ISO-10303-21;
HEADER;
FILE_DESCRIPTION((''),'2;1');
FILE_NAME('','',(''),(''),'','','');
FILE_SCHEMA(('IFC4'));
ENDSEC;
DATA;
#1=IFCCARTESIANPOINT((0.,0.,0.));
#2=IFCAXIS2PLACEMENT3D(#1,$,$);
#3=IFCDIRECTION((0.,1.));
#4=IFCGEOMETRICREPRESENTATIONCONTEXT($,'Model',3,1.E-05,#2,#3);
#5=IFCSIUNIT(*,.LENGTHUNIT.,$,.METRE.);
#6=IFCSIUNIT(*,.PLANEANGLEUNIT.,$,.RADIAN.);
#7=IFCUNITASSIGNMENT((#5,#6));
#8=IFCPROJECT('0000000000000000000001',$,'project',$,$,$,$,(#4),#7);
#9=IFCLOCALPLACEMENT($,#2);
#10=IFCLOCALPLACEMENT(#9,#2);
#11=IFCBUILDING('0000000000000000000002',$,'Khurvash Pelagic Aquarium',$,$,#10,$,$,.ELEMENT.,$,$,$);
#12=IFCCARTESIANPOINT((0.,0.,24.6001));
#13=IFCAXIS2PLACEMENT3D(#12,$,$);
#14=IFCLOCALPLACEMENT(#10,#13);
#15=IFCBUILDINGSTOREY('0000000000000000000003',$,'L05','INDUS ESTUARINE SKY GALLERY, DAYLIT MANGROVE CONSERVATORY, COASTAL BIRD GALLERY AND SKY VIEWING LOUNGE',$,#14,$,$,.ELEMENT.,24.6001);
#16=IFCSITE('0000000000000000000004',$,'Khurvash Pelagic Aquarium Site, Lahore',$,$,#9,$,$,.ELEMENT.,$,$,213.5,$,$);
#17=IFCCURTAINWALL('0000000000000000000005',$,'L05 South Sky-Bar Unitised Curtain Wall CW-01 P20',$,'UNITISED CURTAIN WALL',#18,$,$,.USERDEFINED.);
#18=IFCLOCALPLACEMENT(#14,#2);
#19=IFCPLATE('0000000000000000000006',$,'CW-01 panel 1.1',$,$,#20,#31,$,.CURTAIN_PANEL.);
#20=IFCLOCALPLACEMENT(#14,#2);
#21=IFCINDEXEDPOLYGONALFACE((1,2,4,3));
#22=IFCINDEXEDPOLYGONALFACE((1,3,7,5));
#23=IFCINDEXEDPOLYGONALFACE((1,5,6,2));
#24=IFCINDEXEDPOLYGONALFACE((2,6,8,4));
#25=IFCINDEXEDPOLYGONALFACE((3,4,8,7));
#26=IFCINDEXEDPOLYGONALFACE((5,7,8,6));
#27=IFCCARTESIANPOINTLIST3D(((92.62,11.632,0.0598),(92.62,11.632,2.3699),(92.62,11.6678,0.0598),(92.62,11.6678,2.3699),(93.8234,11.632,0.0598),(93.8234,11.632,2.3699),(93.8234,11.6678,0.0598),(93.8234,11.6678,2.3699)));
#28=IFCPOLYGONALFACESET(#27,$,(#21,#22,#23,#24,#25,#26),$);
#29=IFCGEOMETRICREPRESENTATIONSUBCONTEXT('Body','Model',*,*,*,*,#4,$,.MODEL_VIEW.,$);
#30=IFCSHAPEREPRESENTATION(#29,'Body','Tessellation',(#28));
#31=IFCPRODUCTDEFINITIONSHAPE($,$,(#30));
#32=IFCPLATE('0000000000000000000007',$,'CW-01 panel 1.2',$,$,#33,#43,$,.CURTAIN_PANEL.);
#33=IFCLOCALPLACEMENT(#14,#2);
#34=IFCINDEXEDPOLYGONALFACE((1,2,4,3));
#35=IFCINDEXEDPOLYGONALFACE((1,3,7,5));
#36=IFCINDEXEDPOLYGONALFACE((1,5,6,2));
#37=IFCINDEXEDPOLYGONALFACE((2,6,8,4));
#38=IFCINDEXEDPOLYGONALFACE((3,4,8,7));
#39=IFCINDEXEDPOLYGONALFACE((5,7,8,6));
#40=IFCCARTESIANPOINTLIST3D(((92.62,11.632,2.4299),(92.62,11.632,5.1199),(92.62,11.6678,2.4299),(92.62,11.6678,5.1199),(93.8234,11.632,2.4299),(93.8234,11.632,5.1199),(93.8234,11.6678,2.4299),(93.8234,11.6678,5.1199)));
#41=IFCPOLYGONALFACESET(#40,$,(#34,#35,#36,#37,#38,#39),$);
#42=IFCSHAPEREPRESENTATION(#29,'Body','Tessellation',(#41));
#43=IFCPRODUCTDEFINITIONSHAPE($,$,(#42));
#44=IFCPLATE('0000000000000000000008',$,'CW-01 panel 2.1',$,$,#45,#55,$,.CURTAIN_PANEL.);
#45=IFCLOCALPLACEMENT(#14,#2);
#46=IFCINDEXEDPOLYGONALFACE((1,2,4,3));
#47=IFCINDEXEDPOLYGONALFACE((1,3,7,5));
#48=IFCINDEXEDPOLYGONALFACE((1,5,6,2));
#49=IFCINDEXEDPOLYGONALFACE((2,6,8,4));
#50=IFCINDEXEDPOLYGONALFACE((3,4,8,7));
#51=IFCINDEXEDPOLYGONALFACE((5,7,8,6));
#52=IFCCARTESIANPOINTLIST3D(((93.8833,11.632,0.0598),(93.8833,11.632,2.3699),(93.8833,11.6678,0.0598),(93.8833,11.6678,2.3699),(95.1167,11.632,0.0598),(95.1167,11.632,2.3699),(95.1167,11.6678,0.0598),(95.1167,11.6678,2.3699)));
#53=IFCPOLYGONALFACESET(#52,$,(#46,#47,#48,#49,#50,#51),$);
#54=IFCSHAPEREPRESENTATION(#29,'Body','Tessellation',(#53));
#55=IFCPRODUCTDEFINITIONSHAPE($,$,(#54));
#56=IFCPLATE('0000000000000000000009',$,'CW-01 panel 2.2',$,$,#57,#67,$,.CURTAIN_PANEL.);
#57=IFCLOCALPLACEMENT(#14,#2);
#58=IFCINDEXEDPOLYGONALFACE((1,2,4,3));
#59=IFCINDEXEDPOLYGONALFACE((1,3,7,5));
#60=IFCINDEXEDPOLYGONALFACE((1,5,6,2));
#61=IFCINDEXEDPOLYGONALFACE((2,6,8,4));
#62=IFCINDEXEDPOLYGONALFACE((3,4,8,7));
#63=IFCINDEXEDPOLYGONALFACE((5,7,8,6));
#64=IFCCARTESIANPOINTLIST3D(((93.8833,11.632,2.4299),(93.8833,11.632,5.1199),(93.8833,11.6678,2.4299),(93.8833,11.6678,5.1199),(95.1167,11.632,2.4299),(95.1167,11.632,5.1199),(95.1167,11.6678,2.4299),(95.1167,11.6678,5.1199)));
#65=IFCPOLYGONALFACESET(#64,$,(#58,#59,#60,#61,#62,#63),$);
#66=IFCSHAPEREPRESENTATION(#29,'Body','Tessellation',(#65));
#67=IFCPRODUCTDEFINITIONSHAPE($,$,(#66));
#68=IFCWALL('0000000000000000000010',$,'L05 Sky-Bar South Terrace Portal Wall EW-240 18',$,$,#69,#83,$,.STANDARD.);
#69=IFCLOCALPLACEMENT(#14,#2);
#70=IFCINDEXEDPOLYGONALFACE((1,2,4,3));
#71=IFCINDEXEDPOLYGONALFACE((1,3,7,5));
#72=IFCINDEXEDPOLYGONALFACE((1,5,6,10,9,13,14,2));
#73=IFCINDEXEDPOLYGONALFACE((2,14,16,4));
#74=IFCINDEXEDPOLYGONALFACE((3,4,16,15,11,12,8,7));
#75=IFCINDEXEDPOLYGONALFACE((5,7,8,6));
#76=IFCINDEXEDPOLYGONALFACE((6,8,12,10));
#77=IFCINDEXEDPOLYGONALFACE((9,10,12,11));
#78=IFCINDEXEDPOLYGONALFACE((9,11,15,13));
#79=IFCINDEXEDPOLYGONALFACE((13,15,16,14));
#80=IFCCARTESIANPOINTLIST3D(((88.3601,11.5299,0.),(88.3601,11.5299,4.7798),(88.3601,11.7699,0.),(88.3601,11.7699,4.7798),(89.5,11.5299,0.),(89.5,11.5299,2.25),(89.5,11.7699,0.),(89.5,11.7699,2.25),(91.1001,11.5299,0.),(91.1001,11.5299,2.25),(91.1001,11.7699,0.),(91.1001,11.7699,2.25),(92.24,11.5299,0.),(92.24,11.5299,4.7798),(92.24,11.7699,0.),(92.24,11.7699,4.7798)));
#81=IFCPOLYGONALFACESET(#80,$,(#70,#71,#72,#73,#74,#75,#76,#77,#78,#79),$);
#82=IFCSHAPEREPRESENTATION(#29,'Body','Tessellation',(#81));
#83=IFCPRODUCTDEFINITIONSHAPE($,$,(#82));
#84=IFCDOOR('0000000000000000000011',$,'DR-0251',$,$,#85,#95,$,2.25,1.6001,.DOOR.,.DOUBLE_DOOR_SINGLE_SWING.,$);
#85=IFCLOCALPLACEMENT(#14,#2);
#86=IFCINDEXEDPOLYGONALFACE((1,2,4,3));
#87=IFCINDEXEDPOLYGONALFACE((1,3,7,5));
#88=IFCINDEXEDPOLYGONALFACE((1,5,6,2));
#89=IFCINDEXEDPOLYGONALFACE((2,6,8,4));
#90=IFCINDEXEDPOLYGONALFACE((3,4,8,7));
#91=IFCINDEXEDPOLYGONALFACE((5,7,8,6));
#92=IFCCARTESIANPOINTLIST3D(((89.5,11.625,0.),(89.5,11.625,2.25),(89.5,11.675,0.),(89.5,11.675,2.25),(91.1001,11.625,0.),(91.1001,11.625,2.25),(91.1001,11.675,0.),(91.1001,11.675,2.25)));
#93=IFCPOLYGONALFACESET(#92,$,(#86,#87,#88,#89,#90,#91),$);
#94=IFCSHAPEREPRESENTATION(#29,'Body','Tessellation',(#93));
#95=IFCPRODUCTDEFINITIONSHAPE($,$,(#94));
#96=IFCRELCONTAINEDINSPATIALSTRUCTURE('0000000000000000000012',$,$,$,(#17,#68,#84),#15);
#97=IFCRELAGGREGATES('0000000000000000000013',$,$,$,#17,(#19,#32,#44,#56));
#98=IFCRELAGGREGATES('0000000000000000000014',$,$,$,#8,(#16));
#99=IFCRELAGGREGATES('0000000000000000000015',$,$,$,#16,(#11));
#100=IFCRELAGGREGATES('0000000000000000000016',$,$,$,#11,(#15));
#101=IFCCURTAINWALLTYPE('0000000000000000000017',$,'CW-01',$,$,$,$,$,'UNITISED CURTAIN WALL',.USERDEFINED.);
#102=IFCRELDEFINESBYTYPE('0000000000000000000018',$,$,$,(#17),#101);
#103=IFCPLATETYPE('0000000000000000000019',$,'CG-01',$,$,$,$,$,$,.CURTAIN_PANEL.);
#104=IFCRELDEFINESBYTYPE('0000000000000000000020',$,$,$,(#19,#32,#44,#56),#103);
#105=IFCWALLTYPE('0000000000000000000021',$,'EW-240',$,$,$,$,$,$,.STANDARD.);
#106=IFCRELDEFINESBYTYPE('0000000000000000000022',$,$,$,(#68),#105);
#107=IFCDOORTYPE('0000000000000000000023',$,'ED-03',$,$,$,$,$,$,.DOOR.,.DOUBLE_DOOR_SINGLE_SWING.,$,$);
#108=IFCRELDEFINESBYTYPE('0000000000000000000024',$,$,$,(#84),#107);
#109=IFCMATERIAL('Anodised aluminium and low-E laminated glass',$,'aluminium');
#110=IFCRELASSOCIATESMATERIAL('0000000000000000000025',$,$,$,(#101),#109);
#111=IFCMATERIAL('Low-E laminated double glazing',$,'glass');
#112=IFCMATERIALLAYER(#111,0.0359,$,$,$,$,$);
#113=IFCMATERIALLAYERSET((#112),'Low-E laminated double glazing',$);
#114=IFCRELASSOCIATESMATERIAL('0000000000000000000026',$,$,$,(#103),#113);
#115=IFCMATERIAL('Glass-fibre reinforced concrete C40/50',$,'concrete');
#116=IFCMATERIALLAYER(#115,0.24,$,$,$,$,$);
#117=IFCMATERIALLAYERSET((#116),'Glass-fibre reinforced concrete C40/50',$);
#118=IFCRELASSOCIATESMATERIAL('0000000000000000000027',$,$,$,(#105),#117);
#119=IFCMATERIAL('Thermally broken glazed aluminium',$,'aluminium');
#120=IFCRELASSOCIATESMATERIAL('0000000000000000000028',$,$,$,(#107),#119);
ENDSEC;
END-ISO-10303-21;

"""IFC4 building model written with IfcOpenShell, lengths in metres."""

from ifc_helpers import new_model, si_unit, direction, frame, frame_2d, origin, origin_2d, place, context, subcontext, project, spatial, rectangle, extrude, material, layer, layer_set, type_object, element, fill, aggregate, save


model = new_model("IFC4")

# Units and contexts
model_context = context("Model", 3, precision=1e-05, world=origin(), true_north=direction((0.0, 1.0)))
body_context = subcontext(model_context, "Body", "Model", "MODEL_VIEW")
ifc_project = project(units=[si_unit("LENGTHUNIT", "METRE"), si_unit("PLANEANGLEUNIT", "RADIAN")], contexts=[model_context])

# Site, building, storey
site_placement = place(None, origin())
site = spatial("IfcSite", under=ifc_project, at=site_placement, Name="Khurvash Pelagic Aquarium Site, Lahore", CompositionType="ELEMENT", RefElevation=213.5)
building_placement = place(site_placement, origin())
building = spatial("IfcBuilding", under=site, at=building_placement, Name="Khurvash Pelagic Aquarium", CompositionType="ELEMENT")
storey_placement = place(building_placement, frame((0.0, 0.0, 24.6001)))
storey = spatial("IfcBuildingStorey", under=building, at=storey_placement, Name="L05", Description="INDUS ESTUARINE SKY GALLERY, DAYLIT MANGROVE CONSERVATORY, COASTAL BIRD GALLERY AND SKY VIEWING LOUNGE", CompositionType="ELEMENT", Elevation=24.6001)

# Shared definitions
ifc_material_1 = material(Name="Anodised aluminium and low-E laminated glass", Category="aluminium")
curtain_wall_type = type_object("IfcCurtainWallType", Name="CW-01", ElementType="UNITISED CURTAIN WALL", PredefinedType="USERDEFINED", material=ifc_material_1)

# Curtain wall
curtain_wall_1_placement = place(storey_placement, origin())
curtain_wall_1 = element("IfcCurtainWall", 1, at=curtain_wall_1_placement, inside=storey, type_object=curtain_wall_type, Name="L05 South Sky-Bar Unitised Curtain Wall CW-01 P20", ObjectType="UNITISED CURTAIN WALL", PredefinedType="USERDEFINED")

# Plates
ifc_material_2 = material(Name="Low-E laminated double glazing", Category="glass")
ifc_layer_1 = layer(ifc_material_2, 0.0359)
ifc_layer_set_1 = layer_set([ifc_layer_1], Name="Low-E laminated double glazing")
plate_type = type_object("IfcPlateType", Name="CG-01", PredefinedType="CURTAIN_PANEL", material=ifc_layer_set_1)
plate_1_placement = place(storey_placement, frame((93.2217, 11.6499, 0.0598), z_axis=(0.0, 0.0, 1.0), x_axis=(1.0, 0.0, 0.0)))
plate_1 = element("IfcPlate", 2, at=plate_1_placement, type_object=plate_type, Name="CW-01 panel 1.1", PredefinedType="CURTAIN_PANEL", context=body_context, shape_type="SweptSolid", body=[
    extrude(rectangle(XDim=1.2034, YDim=0.0359, at=origin_2d()), origin(), (0.0, 0.0, 1.0), 2.3101),
])
plate_2_placement = place(storey_placement, frame((93.2217, 11.6499, 2.4299), z_axis=(0.0, 0.0, 1.0), x_axis=(1.0, 0.0, 0.0)))
plate_2 = element("IfcPlate", 3, at=plate_2_placement, type_object=plate_type, Name="CW-01 panel 1.2", PredefinedType="CURTAIN_PANEL", context=body_context, shape_type="SweptSolid", body=[
    extrude(rectangle(XDim=1.2034, YDim=0.0359, at=origin_2d()), origin(), (0.0, 0.0, 1.0), 2.6899),
])
plate_3_placement = place(storey_placement, frame((94.5, 11.6499, 0.0598), z_axis=(0.0, 0.0, 1.0), x_axis=(1.0, 0.0, 0.0)))
plate_3 = element("IfcPlate", 4, at=plate_3_placement, type_object=plate_type, Name="CW-01 panel 2.1", PredefinedType="CURTAIN_PANEL", context=body_context, shape_type="SweptSolid", body=[
    extrude(rectangle(XDim=1.2334, YDim=0.0359, at=origin_2d()), origin(), (0.0, 0.0, 1.0), 2.3101),
])
plate_4_placement = place(storey_placement, frame((94.5, 11.6499, 2.4299), z_axis=(0.0, 0.0, 1.0), x_axis=(1.0, 0.0, 0.0)))
plate_4 = element("IfcPlate", 5, at=plate_4_placement, type_object=plate_type, Name="CW-01 panel 2.2", PredefinedType="CURTAIN_PANEL", context=body_context, shape_type="SweptSolid", body=[
    extrude(rectangle(XDim=1.2334, YDim=0.0359, at=origin_2d()), origin(), (0.0, 0.0, 1.0), 2.6899),
])
aggregate(curtain_wall_1, [plate_1, plate_2, plate_3, plate_4])

# Wall, opening, door
ifc_material_3 = material(Name="Glass-fibre reinforced concrete C40/50", Category="concrete")
ifc_layer_2 = layer(ifc_material_3, 0.24)
ifc_layer_set_2 = layer_set([ifc_layer_2], Name="Glass-fibre reinforced concrete C40/50")
wall_type = type_object("IfcWallType", Name="EW-240", PredefinedType="STANDARD", material=ifc_layer_set_2)
wall_placement = place(storey_placement, frame((88.3601, 11.6499, 0.0), z_axis=(0.0, 0.0, 1.0), x_axis=(1.0, 0.0, 0.0)))
wall = element("IfcWall", 6, at=wall_placement, inside=storey, type_object=wall_type, Name="L05 Sky-Bar South Terrace Portal Wall EW-240 18", PredefinedType="STANDARD", context=body_context, shape_type="SweptSolid", body=[
    extrude(rectangle(XDim=3.8799, YDim=0.24, at=frame_2d((1.9399, 0.0))), origin(), (0.0, 0.0, 1.0), 4.7798),
])
opening_placement = place(wall_placement, frame((1.1399, 0.0, 0.0)))
opening = element("IfcOpeningElement", 7, at=opening_placement, cuts=wall, PredefinedType="OPENING", context=body_context, shape_type="SweptSolid", body=[
    extrude(rectangle(XDim=1.6001, YDim=2.25, at=frame_2d((0.8, 1.125))), frame((0.0, 0.1299, 0.0), z_axis=(0.0, -1.0, 0.0), x_axis=(1.0, 0.0, 0.0)), (0.0, 0.0, 1.0), 0.26),
])
ifc_material_4 = material(Name="Thermally broken glazed aluminium", Category="aluminium")
door_type = type_object("IfcDoorType", Name="ED-03", OperationType="DOUBLE_DOOR_SINGLE_SWING", PredefinedType="DOOR", material=ifc_material_4)
door_placement = place(opening_placement, frame((1.6001, 0.0, 0.0), z_axis=(0.0, 0.0, 1.0), x_axis=(-1.0, 0.0, 0.0)))
door = element("IfcDoor", 8, at=door_placement, inside=storey, type_object=door_type, Name="DR-0251", OperationType="DOUBLE_DOOR_SINGLE_SWING", OverallHeight=2.25, OverallWidth=1.6001, PredefinedType="DOOR", context=body_context, shape_type="SweptSolid", body=[
    extrude(rectangle(XDim=1.6001, YDim=2.25, at=frame_2d((0.8, 1.125))), frame((0.0, 0.0249, 0.0), z_axis=(0.0, -1.0, 0.0), x_axis=(1.0, 0.0, 0.0)), (0.0, 0.0, 1.0), 0.05),
])
fill(opening, door)

save(model, "model.ifc")
